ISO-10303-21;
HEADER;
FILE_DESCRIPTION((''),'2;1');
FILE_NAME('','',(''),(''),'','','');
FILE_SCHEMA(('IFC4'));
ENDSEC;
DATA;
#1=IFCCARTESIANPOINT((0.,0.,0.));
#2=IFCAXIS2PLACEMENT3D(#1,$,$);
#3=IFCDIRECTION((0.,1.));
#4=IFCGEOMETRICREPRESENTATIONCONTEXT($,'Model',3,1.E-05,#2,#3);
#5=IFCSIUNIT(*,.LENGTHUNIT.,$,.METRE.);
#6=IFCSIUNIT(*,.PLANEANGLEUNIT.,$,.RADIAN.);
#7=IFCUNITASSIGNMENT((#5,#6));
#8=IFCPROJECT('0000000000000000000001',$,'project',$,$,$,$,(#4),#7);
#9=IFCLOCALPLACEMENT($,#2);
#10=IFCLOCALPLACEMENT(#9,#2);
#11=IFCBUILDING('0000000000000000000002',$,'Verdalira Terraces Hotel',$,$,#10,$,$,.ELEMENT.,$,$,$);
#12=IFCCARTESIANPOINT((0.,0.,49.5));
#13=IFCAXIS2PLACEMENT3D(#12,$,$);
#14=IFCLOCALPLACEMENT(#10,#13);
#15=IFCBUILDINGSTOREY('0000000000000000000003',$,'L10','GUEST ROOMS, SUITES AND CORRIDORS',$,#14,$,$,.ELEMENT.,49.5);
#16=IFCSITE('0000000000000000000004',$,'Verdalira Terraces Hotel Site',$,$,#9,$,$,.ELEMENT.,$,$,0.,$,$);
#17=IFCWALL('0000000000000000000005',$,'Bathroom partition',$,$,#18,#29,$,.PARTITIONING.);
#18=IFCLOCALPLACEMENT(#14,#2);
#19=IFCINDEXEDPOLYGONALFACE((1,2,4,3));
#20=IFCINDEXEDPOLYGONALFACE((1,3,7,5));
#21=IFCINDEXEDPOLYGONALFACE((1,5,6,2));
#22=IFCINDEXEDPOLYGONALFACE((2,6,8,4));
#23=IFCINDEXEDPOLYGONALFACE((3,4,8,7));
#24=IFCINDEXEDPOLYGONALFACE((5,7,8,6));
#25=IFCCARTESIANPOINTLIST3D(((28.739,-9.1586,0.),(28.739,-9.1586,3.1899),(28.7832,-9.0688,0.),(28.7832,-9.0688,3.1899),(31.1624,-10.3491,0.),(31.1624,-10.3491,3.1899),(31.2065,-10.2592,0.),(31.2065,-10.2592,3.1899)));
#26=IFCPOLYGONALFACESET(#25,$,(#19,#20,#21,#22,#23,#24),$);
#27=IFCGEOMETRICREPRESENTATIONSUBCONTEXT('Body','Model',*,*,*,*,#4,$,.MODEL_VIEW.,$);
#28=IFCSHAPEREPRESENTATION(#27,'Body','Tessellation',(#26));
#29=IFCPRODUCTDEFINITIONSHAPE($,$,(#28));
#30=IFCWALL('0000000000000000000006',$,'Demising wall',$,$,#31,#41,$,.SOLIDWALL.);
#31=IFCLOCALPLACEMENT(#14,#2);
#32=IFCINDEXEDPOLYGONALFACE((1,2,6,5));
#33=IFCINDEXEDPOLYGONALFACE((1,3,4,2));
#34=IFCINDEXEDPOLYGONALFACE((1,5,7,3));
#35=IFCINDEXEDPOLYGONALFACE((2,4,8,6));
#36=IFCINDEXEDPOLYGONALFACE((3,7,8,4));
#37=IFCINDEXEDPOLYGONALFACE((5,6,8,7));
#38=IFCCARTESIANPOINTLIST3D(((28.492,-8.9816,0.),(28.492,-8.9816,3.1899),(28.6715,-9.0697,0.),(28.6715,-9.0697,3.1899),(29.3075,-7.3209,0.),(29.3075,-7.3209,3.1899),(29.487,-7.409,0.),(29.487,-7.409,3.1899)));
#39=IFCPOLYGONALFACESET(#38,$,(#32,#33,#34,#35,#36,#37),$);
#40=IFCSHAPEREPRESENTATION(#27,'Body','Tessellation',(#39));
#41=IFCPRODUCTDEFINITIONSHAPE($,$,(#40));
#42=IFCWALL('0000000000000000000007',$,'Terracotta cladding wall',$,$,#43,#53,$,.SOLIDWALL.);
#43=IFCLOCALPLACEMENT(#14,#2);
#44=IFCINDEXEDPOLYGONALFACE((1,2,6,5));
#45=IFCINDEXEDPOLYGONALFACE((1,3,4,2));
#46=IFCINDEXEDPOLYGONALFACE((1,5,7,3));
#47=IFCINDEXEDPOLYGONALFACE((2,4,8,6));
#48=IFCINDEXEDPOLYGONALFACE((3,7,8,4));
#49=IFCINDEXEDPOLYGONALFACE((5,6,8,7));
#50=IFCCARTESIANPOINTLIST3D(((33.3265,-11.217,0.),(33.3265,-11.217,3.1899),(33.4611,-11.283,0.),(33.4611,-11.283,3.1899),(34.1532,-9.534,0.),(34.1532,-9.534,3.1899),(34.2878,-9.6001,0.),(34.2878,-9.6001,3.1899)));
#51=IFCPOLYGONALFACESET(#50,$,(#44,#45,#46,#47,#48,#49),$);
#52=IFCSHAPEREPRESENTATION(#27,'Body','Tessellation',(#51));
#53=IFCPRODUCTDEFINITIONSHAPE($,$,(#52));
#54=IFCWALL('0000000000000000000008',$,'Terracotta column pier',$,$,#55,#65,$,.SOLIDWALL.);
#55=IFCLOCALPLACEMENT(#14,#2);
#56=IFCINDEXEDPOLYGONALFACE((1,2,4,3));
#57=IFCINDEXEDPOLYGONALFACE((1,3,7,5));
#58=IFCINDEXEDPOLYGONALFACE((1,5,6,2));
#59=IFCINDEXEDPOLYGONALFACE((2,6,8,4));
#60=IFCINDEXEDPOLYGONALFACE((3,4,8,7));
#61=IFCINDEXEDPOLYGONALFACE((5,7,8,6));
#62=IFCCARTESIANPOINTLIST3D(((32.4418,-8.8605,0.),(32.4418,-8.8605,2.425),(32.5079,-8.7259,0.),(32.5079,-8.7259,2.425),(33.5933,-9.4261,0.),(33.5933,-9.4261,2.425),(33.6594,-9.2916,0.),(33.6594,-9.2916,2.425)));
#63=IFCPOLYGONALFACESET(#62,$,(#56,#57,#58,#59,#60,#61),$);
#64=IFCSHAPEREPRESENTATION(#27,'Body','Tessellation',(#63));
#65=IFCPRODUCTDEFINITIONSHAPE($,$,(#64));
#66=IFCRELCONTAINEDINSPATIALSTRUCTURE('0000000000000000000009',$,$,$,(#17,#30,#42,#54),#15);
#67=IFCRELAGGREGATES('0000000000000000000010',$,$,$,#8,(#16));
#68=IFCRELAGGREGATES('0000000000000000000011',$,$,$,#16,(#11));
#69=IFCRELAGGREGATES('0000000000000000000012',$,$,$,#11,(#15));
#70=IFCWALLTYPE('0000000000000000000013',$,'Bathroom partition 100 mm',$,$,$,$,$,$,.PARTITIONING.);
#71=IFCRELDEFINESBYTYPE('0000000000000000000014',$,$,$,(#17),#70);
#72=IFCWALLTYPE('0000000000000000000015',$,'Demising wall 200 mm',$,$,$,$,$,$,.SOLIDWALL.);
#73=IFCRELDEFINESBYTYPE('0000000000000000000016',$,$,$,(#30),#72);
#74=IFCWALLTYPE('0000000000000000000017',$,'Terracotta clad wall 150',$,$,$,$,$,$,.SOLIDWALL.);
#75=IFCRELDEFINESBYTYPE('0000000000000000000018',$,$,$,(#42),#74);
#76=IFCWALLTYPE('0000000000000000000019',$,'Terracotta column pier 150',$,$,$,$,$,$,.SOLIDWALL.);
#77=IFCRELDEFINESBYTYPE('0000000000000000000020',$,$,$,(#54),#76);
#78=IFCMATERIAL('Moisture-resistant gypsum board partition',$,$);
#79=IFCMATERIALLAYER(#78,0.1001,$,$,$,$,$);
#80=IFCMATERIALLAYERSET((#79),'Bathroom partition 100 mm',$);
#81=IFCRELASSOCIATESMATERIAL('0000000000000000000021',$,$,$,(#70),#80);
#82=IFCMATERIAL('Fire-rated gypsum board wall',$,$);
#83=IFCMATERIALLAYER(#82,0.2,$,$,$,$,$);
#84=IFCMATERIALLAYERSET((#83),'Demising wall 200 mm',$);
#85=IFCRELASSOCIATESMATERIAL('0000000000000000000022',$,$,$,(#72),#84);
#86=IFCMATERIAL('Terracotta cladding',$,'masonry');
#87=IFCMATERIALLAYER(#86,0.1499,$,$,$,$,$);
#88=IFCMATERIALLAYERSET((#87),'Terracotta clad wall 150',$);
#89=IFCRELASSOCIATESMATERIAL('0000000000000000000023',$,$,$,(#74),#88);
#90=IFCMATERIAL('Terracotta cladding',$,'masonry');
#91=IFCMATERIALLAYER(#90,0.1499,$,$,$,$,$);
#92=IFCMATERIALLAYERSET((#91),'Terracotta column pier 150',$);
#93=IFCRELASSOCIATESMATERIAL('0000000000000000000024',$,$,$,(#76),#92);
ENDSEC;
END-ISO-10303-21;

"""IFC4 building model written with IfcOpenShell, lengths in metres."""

from ifc_helpers import new_model, si_unit, direction, frame, frame_2d, origin, place, context, subcontext, project, spatial, rectangle, extrude, material, layer, layer_set, type_object, element, save


model = new_model("IFC4")

# Units and contexts
model_context = context("Model", 3, precision=1e-05, world=origin(), true_north=direction((0.0, 1.0)))
body_context = subcontext(model_context, "Body", "Model", "MODEL_VIEW")
ifc_project = project(units=[si_unit("LENGTHUNIT", "METRE"), si_unit("PLANEANGLEUNIT", "RADIAN")], contexts=[model_context])

# Site, building, storey
site_placement = place(None, origin())
site = spatial("IfcSite", under=ifc_project, at=site_placement, Name="Verdalira Terraces Hotel Site", CompositionType="ELEMENT", RefElevation=0.0)
building_placement = place(site_placement, origin())
building = spatial("IfcBuilding", under=site, at=building_placement, Name="Verdalira Terraces Hotel", CompositionType="ELEMENT")
storey_placement = place(building_placement, frame((0.0, 0.0, 49.5)))
storey = spatial("IfcBuildingStorey", under=building, at=storey_placement, Name="L10", Description="GUEST ROOMS, SUITES AND CORRIDORS", CompositionType="ELEMENT", Elevation=49.5)

# Shared definitions
ifc_material_1 = material(Name="Moisture-resistant gypsum board partition")
ifc_layer_1 = layer(ifc_material_1, 0.1001)
ifc_layer_set_1 = layer_set([ifc_layer_1], Name="Bathroom partition 100 mm")
wall_type_1 = type_object("IfcWallType", Name="Bathroom partition 100 mm", PredefinedType="PARTITIONING", material=ifc_layer_set_1)

# Walls
wall_1_placement = place(storey_placement, frame((31.1846, -10.3042, 0.0), z_axis=(0.0, 0.0, 1.0), x_axis=(-0.897552, 0.440909, 0.0)))
element("IfcWall", 1, at=wall_1_placement, inside=storey, type_object=wall_type_1, Name="Bathroom partition", PredefinedType="PARTITIONING", context=body_context, shape_type="SweptSolid", body=[
    extrude(rectangle(XDim=2.7, YDim=0.1001, at=frame_2d((1.3501, 0.0))), origin(), (0.0, 0.0, 1.0), 3.1899),
])
ifc_material_2 = material(Name="Fire-rated gypsum board wall")
ifc_layer_2 = layer(ifc_material_2, 0.2)
ifc_layer_set_2 = layer_set([ifc_layer_2], Name="Demising wall 200 mm")
wall_type_2 = type_object("IfcWallType", Name="Demising wall 200 mm", PredefinedType="SOLIDWALL", material=ifc_layer_set_2)
wall_2_placement = place(storey_placement, frame((28.5818, -9.0256, 0.0), z_axis=(0.0, 0.0, 1.0), x_axis=(0.440762, 0.897624, 0.0)))
element("IfcWall", 2, at=wall_2_placement, inside=storey, type_object=wall_type_2, Name="Demising wall", PredefinedType="SOLIDWALL", context=body_context, shape_type="SweptSolid", body=[
    extrude(rectangle(XDim=1.8501, YDim=0.2, at=frame_2d((0.925, 0.0))), origin(), (0.0, 0.0, 1.0), 3.1899),
])
ifc_material_3 = material(Name="Terracotta cladding", Category="masonry")
ifc_layer_3 = layer(ifc_material_3, 0.1499)
ifc_layer_set_3 = layer_set([ifc_layer_3], Name="Terracotta clad wall 150")
wall_type_3 = type_object("IfcWallType", Name="Terracotta clad wall 150", PredefinedType="SOLIDWALL", material=ifc_layer_set_3)
wall_3_placement = place(storey_placement, frame((33.3938, -11.25, 0.0), z_axis=(0.0, 0.0, 1.0), x_axis=(0.4409, 0.897556, 0.0)))
element("IfcWall", 3, at=wall_3_placement, inside=storey, type_object=wall_type_3, Name="Terracotta cladding wall", PredefinedType="SOLIDWALL", context=body_context, shape_type="SweptSolid", body=[
    extrude(rectangle(XDim=1.875, YDim=0.1499, at=frame_2d((0.9375, 0.0))), origin(), (0.0, 0.0, 1.0), 3.1899),
])
ifc_material_4 = material(Name="Terracotta cladding", Category="masonry")
ifc_layer_4 = layer(ifc_material_4, 0.1499)
ifc_layer_set_4 = layer_set([ifc_layer_4], Name="Terracotta column pier 150")
wall_type_4 = type_object("IfcWallType", Name="Terracotta column pier 150", PredefinedType="SOLIDWALL", material=ifc_layer_set_4)
wall_4_placement = place(storey_placement, frame((33.6265, -9.3589, 0.0), z_axis=(0.0, 0.0, 1.0), x_axis=(-0.897564, 0.440885, 0.0)))
element("IfcWall", 4, at=wall_4_placement, inside=storey, type_object=wall_type_4, Name="Terracotta column pier", PredefinedType="SOLIDWALL", context=body_context, shape_type="SweptSolid", body=[
    extrude(rectangle(XDim=1.283, YDim=0.1499, at=frame_2d((0.6416, 0.0))), origin(), (0.0, 0.0, 1.0), 2.425),
])

save(model, "model.ifc")
